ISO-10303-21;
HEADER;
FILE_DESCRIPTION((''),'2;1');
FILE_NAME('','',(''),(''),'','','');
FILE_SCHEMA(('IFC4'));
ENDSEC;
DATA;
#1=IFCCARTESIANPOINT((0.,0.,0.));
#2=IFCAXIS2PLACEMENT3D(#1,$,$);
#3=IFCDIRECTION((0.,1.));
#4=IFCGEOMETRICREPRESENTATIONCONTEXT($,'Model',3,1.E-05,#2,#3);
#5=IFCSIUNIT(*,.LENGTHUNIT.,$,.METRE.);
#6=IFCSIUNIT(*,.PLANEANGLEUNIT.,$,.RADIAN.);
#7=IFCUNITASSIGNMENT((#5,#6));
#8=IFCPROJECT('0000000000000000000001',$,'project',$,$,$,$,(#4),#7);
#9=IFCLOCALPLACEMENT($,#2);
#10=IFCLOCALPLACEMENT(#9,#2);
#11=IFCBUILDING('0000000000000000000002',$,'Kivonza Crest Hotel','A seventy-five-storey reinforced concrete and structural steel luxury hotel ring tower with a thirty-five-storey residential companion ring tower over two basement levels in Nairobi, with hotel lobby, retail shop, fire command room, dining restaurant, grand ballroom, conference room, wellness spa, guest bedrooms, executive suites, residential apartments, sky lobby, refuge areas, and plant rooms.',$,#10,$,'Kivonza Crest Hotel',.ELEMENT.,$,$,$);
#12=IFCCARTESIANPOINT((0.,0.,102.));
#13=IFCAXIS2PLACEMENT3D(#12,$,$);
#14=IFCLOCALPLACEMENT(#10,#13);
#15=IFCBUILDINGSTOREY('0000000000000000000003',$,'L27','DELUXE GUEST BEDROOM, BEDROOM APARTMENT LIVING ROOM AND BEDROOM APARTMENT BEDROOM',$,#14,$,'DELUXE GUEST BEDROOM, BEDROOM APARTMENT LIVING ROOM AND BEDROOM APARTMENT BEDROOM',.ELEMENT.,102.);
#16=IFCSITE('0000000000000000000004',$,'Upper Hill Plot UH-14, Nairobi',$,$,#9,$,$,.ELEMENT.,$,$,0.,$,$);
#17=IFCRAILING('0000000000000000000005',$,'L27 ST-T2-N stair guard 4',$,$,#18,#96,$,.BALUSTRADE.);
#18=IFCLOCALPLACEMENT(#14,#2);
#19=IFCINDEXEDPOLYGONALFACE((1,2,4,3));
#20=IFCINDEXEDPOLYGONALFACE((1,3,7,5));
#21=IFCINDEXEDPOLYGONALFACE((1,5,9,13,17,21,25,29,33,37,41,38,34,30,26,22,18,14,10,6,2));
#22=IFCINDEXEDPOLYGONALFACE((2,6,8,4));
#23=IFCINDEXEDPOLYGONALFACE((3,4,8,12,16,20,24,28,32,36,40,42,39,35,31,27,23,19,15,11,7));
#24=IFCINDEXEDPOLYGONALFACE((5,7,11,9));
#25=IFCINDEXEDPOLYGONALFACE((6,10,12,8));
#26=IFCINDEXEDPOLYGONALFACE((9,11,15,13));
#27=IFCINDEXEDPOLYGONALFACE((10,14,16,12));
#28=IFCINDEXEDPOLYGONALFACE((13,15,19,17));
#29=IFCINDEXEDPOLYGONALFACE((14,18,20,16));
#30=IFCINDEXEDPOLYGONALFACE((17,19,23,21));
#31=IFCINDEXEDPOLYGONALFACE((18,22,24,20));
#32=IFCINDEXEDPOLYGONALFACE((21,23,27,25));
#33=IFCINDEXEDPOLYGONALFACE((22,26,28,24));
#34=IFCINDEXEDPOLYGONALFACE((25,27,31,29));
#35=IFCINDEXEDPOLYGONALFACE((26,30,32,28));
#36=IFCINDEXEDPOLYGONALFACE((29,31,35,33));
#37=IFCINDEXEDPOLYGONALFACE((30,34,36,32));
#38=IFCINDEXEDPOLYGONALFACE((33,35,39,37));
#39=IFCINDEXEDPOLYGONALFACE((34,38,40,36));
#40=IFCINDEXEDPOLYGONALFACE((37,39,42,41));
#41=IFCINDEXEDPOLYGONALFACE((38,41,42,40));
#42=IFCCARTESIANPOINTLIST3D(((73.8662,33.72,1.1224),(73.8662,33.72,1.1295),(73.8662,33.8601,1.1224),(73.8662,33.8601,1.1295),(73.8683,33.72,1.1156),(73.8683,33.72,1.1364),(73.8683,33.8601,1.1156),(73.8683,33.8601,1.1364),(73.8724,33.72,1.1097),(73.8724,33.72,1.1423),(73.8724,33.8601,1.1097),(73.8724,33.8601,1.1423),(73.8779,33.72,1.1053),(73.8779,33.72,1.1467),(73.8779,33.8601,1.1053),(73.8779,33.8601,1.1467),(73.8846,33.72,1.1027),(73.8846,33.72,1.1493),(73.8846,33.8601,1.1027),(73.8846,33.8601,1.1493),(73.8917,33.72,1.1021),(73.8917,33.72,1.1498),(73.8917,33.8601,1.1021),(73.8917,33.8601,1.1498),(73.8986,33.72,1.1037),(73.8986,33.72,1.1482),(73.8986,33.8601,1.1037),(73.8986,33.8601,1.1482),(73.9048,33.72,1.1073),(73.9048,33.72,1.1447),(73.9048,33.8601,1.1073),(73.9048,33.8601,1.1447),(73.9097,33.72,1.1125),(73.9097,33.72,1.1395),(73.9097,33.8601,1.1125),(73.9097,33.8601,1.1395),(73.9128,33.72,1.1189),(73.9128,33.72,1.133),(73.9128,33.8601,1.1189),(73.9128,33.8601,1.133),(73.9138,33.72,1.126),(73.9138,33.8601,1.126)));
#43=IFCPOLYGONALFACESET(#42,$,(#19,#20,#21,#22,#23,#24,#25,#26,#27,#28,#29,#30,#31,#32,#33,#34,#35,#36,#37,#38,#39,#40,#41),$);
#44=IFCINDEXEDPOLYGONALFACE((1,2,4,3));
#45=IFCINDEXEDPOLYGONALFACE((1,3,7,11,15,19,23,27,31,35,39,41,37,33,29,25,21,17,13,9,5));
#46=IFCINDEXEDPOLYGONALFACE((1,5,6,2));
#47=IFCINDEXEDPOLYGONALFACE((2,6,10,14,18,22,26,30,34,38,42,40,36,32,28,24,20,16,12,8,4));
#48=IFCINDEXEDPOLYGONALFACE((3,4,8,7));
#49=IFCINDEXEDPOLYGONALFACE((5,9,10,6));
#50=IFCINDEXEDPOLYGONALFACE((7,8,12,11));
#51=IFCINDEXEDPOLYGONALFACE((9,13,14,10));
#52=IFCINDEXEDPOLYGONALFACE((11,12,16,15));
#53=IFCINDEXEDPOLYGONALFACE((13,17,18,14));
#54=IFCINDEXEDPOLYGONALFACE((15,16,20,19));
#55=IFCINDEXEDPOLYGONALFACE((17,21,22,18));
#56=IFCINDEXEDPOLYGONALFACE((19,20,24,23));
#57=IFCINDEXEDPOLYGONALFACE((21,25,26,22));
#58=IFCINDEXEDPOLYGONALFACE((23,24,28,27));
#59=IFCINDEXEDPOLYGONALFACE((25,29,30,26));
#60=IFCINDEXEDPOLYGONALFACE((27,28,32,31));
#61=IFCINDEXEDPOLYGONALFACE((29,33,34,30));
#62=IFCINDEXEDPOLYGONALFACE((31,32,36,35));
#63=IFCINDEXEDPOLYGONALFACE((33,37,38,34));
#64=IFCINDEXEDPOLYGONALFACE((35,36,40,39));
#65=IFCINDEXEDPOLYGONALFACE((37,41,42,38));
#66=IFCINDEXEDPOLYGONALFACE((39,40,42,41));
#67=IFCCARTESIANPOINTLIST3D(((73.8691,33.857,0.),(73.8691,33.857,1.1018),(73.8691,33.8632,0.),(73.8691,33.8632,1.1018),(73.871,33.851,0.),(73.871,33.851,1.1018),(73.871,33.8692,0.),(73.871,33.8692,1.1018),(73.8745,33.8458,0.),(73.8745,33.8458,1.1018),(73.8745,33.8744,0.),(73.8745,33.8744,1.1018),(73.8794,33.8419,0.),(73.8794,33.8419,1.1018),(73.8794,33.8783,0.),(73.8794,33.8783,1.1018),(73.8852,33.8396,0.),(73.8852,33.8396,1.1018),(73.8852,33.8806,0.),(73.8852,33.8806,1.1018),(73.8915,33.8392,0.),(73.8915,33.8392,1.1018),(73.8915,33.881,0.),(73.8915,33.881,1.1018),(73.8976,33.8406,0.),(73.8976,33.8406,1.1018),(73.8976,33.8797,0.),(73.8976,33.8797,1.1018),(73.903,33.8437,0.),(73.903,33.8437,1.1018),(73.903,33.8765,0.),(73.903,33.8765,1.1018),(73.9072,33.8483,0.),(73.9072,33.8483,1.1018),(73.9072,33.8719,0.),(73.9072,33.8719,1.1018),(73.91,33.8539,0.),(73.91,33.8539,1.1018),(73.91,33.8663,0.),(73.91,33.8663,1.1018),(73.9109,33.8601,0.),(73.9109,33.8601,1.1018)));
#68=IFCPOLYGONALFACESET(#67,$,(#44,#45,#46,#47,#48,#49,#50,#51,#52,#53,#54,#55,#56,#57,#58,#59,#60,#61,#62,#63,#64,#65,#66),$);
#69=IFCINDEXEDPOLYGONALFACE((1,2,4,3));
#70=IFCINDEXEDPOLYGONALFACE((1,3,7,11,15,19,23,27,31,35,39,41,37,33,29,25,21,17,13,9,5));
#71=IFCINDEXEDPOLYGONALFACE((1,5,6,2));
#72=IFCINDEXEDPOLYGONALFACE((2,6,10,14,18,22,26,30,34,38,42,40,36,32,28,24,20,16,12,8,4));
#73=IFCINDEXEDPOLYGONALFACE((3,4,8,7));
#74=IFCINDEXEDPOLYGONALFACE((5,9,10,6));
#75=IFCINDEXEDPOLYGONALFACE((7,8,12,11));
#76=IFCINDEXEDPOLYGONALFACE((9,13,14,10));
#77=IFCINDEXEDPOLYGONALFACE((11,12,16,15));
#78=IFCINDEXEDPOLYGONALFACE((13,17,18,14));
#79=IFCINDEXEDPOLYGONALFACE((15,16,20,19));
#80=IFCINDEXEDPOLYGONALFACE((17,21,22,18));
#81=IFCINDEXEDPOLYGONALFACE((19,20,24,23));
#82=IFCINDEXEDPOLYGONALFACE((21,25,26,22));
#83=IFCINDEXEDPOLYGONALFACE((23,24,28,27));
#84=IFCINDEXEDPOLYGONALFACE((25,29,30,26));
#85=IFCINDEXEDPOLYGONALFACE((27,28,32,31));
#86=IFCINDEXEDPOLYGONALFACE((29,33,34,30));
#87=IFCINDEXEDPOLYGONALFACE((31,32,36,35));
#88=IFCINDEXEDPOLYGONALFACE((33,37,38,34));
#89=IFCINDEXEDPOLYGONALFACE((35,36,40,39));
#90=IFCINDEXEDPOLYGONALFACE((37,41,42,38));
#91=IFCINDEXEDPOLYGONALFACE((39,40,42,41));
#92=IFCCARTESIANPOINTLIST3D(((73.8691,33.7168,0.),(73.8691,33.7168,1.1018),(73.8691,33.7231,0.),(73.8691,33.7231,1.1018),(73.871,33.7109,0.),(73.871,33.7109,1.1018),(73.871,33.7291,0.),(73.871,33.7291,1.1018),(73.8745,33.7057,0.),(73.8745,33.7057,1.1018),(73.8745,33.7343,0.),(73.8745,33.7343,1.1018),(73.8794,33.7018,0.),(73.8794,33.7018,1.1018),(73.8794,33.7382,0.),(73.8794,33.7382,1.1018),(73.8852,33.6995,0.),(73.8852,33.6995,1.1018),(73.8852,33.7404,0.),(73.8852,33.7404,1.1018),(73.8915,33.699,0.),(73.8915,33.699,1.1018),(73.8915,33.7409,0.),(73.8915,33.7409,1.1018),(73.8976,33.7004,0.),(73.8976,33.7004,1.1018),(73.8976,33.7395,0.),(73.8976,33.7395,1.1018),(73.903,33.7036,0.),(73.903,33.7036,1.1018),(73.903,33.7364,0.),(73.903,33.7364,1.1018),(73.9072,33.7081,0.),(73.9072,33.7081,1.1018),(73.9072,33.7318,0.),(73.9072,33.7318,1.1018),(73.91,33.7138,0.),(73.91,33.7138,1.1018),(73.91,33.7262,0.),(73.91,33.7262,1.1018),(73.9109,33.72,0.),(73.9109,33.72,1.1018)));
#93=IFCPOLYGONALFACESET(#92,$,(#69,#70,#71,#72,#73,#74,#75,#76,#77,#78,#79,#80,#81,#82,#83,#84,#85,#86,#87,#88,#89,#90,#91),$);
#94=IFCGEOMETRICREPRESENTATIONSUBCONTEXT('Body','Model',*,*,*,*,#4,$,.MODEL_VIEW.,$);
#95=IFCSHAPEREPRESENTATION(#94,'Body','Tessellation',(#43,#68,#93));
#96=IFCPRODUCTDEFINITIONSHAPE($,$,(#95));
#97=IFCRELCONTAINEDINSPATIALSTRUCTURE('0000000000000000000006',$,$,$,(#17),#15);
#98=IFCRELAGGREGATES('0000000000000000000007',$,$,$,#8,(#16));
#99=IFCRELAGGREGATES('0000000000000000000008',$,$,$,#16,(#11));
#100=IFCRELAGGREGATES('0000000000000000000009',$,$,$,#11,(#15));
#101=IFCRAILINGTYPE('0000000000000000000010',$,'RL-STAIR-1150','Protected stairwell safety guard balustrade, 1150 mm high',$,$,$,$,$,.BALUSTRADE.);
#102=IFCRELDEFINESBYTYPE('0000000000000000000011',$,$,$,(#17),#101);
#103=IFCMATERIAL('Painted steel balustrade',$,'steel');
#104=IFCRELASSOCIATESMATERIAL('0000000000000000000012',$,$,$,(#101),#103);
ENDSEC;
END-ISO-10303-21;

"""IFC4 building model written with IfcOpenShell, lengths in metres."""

from ifc_helpers import new_model, si_unit, direction, frame, origin, origin_2d, place, context, subcontext, project, spatial, circle, extrude, material, type_object, element, save


model = new_model("IFC4")

# Units and contexts
model_context = context("Model", 3, precision=1e-05, world=origin(), true_north=direction((0.0, 1.0)))
body_context = subcontext(model_context, "Body", "Model", "MODEL_VIEW")
ifc_project = project(units=[si_unit("LENGTHUNIT", "METRE"), si_unit("PLANEANGLEUNIT", "RADIAN")], contexts=[model_context])

# Site, building, storey
site_placement = place(None, origin())
site = spatial("IfcSite", under=ifc_project, at=site_placement, Name="Upper Hill Plot UH-14, Nairobi", CompositionType="ELEMENT", RefElevation=0.0)
building_placement = place(site_placement, origin())
building = spatial("IfcBuilding", under=site, at=building_placement, Name="Kivonza Crest Hotel", Description="A seventy-five-storey reinforced concrete and structural steel luxury hotel ring tower with a thirty-five-storey residential companion ring tower over two basement levels in Nairobi, with hotel lobby, retail shop, fire command room, dining restaurant, grand ballroom, conference room, wellness spa, guest bedrooms, executive suites, residential apartments, sky lobby, refuge areas, and plant rooms.", LongName="Kivonza Crest Hotel", CompositionType="ELEMENT")
storey_placement = place(building_placement, frame((0.0, 0.0, 102.0)))
storey = spatial("IfcBuildingStorey", under=building, at=storey_placement, Name="L27", Description="DELUXE GUEST BEDROOM, BEDROOM APARTMENT LIVING ROOM AND BEDROOM APARTMENT BEDROOM", LongName="DELUXE GUEST BEDROOM, BEDROOM APARTMENT LIVING ROOM AND BEDROOM APARTMENT BEDROOM", CompositionType="ELEMENT", Elevation=102.0)

# Railing
ifc_material_1 = material(Name="Painted steel balustrade", Category="steel")
railing_type_1 = type_object("IfcRailingType", Name="RL-STAIR-1150", Description="Protected stairwell safety guard balustrade, 1150 mm high", PredefinedType="BALUSTRADE", material=ifc_material_1)
railing_1_placement = place(storey_placement, frame((73.8899, 33.8601, 0.0)))
element("IfcRailing", 1, at=railing_1_placement, inside=storey, type_object=railing_type_1, Name="L27 ST-T2-N stair guard 4", PredefinedType="BALUSTRADE", context=body_context, shape_type="SweptSolid", body=[
    extrude(circle(Radius=0.0239, at=origin_2d()), frame((0.0, 0.0, 1.126), z_axis=(0.0, -1.0, 0.0), x_axis=(1.0, 0.0, 0.0)), (0.0, 0.0, 1.0), 0.1401),
    extrude(circle(Radius=0.021, at=origin_2d()), origin(), (0.0, 0.0, 1.0), 1.1018),
    extrude(circle(Radius=0.021, at=origin_2d()), frame((0.0, -0.1401, 0.0)), (0.0, 0.0, 1.0), 1.1018),
])

save(model, "model.ifc")
